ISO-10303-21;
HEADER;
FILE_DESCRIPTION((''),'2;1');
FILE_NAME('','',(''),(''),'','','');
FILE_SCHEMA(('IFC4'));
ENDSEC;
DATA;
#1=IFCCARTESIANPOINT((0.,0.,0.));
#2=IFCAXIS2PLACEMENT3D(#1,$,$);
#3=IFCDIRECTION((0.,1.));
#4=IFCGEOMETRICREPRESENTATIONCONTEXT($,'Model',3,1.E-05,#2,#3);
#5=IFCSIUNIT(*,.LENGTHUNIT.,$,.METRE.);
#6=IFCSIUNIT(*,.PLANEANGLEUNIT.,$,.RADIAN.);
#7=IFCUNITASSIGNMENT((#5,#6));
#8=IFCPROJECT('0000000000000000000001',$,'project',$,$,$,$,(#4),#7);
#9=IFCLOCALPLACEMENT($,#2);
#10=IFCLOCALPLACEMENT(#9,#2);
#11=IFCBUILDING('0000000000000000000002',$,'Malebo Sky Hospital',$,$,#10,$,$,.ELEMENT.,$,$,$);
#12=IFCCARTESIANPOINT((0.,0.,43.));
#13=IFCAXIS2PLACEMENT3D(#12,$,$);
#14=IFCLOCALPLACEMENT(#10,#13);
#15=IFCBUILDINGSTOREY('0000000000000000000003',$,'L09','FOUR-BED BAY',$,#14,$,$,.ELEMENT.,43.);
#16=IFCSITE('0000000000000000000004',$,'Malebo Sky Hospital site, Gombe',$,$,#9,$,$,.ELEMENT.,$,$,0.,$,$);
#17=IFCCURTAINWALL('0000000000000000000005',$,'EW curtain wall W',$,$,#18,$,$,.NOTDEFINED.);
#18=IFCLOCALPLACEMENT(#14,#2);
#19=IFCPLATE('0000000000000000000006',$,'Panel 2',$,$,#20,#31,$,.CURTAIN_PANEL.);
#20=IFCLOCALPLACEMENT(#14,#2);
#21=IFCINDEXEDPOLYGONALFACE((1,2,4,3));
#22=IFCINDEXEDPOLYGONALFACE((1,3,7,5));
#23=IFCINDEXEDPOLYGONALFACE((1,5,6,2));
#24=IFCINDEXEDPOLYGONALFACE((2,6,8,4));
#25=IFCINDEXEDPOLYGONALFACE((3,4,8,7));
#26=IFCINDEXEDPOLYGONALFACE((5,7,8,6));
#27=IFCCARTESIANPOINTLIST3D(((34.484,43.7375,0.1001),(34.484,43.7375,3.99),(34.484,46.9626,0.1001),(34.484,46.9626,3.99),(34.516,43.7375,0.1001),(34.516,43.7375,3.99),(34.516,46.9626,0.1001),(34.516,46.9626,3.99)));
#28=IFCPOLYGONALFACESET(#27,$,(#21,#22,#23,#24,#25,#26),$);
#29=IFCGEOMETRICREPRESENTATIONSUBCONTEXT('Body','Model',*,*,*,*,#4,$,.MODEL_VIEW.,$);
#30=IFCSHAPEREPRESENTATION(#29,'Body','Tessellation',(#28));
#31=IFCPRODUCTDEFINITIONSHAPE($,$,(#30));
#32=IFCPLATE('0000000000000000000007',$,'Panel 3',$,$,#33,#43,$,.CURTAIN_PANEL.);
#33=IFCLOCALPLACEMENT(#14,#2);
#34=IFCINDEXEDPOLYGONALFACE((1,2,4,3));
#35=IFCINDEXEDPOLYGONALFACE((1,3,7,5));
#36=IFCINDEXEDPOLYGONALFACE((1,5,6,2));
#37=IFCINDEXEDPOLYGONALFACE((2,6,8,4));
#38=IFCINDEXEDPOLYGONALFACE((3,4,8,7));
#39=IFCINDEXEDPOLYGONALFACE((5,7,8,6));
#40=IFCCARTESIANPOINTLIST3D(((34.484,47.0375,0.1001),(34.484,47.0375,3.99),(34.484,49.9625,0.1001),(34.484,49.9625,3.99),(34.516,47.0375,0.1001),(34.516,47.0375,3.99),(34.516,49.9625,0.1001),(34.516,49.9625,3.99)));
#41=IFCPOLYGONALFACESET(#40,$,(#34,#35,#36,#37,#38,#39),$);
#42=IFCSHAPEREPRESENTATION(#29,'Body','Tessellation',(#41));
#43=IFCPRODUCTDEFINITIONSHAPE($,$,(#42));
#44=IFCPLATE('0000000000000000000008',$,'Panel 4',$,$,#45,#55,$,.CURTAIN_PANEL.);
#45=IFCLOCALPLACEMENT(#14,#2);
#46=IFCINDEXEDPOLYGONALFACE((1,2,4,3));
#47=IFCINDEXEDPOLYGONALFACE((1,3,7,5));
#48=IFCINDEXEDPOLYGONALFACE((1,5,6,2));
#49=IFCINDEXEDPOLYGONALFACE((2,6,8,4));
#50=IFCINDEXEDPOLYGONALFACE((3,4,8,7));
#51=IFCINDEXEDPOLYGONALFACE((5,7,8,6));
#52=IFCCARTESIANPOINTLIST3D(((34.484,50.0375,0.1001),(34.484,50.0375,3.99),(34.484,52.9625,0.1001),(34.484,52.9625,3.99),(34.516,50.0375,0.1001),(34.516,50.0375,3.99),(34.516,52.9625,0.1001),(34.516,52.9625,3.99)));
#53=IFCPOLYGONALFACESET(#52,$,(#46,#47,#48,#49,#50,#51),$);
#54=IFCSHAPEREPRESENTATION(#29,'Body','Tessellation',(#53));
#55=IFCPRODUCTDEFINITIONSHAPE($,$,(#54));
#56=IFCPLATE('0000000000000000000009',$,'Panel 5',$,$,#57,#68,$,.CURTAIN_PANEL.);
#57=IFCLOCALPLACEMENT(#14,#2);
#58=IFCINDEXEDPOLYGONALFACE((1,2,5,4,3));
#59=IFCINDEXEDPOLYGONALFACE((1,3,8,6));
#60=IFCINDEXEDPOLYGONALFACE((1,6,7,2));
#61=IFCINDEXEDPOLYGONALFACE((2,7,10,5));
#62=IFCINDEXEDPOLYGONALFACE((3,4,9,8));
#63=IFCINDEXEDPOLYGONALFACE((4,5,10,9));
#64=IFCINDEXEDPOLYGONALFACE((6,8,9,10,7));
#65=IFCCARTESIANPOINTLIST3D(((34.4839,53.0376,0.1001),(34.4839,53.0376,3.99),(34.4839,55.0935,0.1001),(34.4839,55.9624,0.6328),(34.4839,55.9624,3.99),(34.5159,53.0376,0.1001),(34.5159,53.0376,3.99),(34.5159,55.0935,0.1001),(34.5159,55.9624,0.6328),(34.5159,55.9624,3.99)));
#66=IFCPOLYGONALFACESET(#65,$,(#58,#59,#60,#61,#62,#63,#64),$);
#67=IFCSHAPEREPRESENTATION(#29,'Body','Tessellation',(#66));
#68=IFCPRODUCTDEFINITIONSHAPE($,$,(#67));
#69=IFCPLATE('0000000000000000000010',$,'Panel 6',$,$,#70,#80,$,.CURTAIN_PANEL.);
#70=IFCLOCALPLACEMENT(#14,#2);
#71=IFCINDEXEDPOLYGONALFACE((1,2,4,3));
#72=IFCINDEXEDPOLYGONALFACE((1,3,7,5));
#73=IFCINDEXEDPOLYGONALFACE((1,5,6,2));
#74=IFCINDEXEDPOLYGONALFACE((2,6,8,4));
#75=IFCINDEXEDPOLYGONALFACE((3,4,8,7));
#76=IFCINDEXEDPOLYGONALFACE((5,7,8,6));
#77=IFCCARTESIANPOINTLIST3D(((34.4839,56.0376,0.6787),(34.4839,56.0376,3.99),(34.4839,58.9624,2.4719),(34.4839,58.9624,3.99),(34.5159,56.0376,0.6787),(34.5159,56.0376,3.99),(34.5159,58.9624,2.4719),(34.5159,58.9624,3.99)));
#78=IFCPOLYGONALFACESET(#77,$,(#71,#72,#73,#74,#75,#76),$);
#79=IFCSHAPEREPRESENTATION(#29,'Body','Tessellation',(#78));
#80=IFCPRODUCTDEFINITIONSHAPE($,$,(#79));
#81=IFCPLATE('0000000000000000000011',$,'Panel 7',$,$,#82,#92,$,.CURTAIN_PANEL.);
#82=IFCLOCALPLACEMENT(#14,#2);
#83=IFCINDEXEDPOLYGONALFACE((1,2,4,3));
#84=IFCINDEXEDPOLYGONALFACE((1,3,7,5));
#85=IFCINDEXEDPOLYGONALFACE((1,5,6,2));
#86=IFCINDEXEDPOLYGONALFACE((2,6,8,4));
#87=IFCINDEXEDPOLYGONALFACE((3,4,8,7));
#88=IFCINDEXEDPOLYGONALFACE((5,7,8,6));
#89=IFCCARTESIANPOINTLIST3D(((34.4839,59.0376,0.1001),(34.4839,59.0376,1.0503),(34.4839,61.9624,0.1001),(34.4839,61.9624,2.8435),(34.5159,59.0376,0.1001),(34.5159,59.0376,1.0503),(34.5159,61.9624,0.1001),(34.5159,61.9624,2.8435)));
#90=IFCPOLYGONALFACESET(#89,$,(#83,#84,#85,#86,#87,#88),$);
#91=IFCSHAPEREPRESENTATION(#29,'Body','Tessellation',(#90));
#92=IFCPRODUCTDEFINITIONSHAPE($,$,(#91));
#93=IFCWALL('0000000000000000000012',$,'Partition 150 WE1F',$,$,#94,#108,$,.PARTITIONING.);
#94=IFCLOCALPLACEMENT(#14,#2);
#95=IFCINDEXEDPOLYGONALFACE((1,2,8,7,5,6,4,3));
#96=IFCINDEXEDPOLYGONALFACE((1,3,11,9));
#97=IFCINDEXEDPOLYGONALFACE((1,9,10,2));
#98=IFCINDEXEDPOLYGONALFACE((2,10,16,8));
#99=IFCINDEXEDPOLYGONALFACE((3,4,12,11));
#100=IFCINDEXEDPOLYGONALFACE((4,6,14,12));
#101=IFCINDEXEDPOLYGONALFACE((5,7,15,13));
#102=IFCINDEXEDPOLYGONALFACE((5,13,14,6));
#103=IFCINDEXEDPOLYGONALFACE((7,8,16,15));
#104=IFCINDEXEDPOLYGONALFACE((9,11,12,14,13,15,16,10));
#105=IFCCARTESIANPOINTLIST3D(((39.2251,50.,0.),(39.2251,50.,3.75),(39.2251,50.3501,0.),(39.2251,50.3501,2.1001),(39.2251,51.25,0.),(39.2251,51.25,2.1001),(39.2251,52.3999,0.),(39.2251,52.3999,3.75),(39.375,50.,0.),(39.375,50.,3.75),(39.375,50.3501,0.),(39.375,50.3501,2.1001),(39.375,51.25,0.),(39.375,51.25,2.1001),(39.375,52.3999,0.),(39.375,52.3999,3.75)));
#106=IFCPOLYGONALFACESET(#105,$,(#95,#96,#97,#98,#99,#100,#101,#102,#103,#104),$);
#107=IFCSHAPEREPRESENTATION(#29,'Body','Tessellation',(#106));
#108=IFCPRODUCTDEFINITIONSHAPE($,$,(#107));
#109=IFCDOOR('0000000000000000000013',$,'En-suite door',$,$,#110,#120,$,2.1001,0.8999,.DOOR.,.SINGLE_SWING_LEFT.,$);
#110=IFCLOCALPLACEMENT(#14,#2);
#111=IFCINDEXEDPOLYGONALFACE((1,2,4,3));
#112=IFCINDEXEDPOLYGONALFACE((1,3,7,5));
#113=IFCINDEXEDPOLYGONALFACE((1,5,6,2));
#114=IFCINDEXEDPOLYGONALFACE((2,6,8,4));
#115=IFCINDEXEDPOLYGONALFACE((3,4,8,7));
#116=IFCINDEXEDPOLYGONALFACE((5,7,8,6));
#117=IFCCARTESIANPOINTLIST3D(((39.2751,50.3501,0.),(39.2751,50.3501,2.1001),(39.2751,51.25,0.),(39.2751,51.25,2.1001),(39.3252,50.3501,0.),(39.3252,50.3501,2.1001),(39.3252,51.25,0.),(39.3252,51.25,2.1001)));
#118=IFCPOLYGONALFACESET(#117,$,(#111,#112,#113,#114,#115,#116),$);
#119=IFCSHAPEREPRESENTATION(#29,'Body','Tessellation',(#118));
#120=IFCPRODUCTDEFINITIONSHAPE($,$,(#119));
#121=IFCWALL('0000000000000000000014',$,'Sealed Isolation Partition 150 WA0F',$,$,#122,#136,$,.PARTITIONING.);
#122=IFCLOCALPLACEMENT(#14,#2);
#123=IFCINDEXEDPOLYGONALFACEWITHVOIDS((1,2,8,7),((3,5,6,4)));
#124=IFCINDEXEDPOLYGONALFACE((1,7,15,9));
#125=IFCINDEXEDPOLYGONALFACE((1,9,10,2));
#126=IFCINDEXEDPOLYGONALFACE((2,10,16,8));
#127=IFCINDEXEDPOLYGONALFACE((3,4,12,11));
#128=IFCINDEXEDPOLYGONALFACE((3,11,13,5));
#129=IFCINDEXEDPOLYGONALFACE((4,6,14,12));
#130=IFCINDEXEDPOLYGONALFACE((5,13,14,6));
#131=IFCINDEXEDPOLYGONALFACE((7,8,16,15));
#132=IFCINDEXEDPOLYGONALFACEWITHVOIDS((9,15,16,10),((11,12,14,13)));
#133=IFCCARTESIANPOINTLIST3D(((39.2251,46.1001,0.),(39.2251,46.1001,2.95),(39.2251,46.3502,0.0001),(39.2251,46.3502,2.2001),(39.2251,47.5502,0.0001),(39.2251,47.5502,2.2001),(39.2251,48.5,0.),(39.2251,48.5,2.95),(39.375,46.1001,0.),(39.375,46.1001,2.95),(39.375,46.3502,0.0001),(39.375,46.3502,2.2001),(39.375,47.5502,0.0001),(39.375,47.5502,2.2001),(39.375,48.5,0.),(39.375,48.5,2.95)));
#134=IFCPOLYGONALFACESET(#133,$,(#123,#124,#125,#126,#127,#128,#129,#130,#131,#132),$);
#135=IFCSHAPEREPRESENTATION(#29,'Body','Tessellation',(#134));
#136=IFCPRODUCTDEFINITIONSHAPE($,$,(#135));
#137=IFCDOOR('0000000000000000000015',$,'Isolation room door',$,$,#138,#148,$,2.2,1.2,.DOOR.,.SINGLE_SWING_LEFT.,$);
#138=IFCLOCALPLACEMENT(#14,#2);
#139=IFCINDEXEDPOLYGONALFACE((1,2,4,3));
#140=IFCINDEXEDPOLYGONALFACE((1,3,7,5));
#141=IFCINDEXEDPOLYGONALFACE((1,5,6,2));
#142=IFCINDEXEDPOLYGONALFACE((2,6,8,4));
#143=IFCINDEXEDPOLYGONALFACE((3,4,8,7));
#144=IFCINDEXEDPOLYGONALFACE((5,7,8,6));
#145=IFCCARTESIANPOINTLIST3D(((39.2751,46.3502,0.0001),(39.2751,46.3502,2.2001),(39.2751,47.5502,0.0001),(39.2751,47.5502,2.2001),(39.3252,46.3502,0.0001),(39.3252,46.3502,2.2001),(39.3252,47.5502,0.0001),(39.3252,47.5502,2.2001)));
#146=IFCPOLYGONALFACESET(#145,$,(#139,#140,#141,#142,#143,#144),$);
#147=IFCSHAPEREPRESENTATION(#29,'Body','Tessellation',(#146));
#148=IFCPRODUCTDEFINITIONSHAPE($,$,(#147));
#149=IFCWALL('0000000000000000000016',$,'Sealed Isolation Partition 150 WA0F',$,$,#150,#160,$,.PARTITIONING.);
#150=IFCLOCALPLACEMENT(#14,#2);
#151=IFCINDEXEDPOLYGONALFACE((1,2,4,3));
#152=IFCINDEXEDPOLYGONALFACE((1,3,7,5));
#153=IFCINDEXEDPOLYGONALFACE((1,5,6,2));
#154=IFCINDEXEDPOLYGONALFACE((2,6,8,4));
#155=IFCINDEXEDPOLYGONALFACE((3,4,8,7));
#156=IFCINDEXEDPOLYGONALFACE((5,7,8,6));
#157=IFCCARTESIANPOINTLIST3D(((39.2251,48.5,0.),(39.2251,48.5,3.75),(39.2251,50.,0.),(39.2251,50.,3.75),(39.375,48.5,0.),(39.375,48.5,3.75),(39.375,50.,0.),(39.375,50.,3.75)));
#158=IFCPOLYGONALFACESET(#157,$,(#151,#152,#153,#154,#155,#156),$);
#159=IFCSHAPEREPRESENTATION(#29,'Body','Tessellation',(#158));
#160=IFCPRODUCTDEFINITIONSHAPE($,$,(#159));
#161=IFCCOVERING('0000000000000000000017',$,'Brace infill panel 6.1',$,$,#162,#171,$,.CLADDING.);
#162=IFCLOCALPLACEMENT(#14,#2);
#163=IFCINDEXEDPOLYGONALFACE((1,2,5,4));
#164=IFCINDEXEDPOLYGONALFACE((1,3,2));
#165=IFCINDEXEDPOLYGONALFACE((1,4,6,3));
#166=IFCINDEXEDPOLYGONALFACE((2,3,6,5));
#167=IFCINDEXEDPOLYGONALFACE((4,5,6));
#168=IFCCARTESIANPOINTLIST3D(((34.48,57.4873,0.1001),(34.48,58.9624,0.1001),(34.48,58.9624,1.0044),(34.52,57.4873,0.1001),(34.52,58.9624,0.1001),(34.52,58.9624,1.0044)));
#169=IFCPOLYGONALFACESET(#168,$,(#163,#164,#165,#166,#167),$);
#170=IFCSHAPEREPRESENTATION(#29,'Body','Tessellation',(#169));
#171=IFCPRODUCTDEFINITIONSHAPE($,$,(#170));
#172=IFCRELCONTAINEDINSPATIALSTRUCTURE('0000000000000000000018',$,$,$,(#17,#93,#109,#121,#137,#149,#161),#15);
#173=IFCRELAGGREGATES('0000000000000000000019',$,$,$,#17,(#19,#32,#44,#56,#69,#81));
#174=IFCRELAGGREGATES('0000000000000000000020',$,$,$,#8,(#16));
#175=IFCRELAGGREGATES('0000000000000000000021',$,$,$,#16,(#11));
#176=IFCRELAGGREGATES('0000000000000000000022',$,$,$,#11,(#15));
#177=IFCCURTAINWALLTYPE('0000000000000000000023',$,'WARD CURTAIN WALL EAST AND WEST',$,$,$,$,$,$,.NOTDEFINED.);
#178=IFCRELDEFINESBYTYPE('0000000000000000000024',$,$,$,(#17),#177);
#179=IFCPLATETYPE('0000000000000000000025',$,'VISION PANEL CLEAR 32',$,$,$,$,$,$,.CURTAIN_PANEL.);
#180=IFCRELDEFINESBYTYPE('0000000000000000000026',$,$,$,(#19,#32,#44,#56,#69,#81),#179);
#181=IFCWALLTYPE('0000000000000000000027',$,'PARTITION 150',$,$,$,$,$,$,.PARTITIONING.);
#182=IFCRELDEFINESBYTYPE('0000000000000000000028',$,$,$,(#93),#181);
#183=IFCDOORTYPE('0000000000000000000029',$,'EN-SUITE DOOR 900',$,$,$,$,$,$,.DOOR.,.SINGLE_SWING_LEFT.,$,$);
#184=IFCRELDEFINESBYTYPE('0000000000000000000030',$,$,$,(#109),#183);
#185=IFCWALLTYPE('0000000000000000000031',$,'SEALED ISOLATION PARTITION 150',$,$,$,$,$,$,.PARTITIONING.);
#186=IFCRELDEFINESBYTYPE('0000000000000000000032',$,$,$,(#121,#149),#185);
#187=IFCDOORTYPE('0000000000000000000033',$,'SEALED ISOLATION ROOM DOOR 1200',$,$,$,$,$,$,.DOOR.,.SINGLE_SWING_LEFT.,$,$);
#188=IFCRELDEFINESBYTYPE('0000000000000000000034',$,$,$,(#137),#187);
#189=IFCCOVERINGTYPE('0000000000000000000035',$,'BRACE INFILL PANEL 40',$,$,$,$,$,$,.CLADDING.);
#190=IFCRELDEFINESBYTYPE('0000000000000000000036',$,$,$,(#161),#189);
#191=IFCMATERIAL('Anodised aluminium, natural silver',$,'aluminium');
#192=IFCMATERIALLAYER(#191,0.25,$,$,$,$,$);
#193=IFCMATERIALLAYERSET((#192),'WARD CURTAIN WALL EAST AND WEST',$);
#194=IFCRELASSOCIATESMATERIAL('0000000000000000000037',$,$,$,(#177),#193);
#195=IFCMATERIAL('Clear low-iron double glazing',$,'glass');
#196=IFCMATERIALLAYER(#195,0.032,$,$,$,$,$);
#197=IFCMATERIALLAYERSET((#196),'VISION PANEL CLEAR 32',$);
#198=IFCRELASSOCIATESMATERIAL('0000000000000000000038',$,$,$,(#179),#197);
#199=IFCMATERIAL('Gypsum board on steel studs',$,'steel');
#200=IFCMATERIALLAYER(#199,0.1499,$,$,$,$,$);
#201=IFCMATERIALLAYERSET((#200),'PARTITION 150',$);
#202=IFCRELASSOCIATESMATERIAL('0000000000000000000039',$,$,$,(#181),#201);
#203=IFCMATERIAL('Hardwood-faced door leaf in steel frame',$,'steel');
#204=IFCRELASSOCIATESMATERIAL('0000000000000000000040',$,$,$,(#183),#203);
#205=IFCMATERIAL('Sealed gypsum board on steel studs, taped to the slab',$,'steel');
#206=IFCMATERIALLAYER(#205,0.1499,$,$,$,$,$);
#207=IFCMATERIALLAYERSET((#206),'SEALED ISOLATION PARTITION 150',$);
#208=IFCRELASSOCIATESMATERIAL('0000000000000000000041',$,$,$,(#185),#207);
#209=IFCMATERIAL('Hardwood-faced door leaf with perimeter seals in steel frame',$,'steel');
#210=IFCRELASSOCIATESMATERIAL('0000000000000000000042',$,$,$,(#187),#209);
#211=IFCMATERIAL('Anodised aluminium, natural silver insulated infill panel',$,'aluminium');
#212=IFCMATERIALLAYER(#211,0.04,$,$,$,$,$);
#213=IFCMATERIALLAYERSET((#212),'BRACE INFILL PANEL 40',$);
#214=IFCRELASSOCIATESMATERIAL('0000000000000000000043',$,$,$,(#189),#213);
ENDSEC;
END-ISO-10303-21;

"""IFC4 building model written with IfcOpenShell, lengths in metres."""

from ifc_helpers import new_model, si_unit, direction, frame, frame_2d, origin, origin_2d, place, context, subcontext, project, spatial, polyline, rectangle, outline, extrude, material, layer, layer_set, type_object, element, fill, aggregate, save


model = new_model("IFC4")

# Units and contexts
model_context = context("Model", 3, precision=1e-05, world=origin(), true_north=direction((0.0, 1.0)))
body_context = subcontext(model_context, "Body", "Model", "MODEL_VIEW")
ifc_project = project(units=[si_unit("LENGTHUNIT", "METRE"), si_unit("PLANEANGLEUNIT", "RADIAN")], contexts=[model_context])

# Site, building, storey
site_placement = place(None, origin())
site = spatial("IfcSite", under=ifc_project, at=site_placement, Name="Malebo Sky Hospital site, Gombe", CompositionType="ELEMENT", RefElevation=0.0)
building_placement = place(site_placement, origin())
building = spatial("IfcBuilding", under=site, at=building_placement, Name="Malebo Sky Hospital", CompositionType="ELEMENT")
storey_placement = place(building_placement, frame((0.0, 0.0, 43.0)))
storey = spatial("IfcBuildingStorey", under=building, at=storey_placement, Name="L09", Description="FOUR-BED BAY", CompositionType="ELEMENT", Elevation=43.0)

# Curtain wall
ifc_material_1 = material(Name="Anodised aluminium, natural silver", Category="aluminium")
ifc_layer_1 = layer(ifc_material_1, 0.25)
ifc_layer_set_1 = layer_set([ifc_layer_1], Name="WARD CURTAIN WALL EAST AND WEST")
curtain_wall_type = type_object("IfcCurtainWallType", Name="WARD CURTAIN WALL EAST AND WEST", PredefinedType="NOTDEFINED", material=ifc_layer_set_1)
curtain_wall_placement = place(storey_placement, origin())
curtain_wall = element("IfcCurtainWall", 1, at=curtain_wall_placement, inside=storey, type_object=curtain_wall_type, Name="EW curtain wall W", PredefinedType="NOTDEFINED")

# Plates
ifc_material_2 = material(Name="Clear low-iron double glazing", Category="glass")
ifc_layer_2 = layer(ifc_material_2, 0.032)
ifc_layer_set_2 = layer_set([ifc_layer_2], Name="VISION PANEL CLEAR 32")
plate_type = type_object("IfcPlateType", Name="VISION PANEL CLEAR 32", PredefinedType="CURTAIN_PANEL", material=ifc_layer_set_2)
plate_1_placement = place(storey_placement, frame((34.5, 45.3501, 0.1001), z_axis=(0.0, 0.0, 1.0), x_axis=(0.0, 1.0, 0.0)))
plate_1 = element("IfcPlate", 2, at=plate_1_placement, type_object=plate_type, Name="Panel 2", PredefinedType="CURTAIN_PANEL", context=body_context, shape_type="SweptSolid", body=[
    extrude(rectangle(XDim=3.2251, YDim=0.032, at=origin_2d()), origin(), (0.0, 0.0, 1.0), 3.8899),
])
plate_2_placement = place(storey_placement, frame((34.5, 48.5, 0.1001), z_axis=(0.0, 0.0, 1.0), x_axis=(0.0, 1.0, 0.0)))
plate_2 = element("IfcPlate", 3, at=plate_2_placement, type_object=plate_type, Name="Panel 3", PredefinedType="CURTAIN_PANEL", context=body_context, shape_type="SweptSolid", body=[
    extrude(rectangle(XDim=2.925, YDim=0.032, at=origin_2d()), origin(), (0.0, 0.0, 1.0), 3.8899),
])
plate_3_placement = place(storey_placement, frame((34.5, 51.5, 0.1001), z_axis=(0.0, 0.0, 1.0), x_axis=(0.0, 1.0, 0.0)))
plate_3 = element("IfcPlate", 4, at=plate_3_placement, type_object=plate_type, Name="Panel 4", PredefinedType="CURTAIN_PANEL", context=body_context, shape_type="SweptSolid", body=[
    extrude(rectangle(XDim=2.925, YDim=0.032, at=origin_2d()), origin(), (0.0, 0.0, 1.0), 3.8899),
])
plate_4_placement = place(storey_placement, frame((34.5, 54.5, 0.1001), z_axis=(0.0, 0.0, 1.0), x_axis=(0.0, 1.0, 0.0)))
plate_4 = element("IfcPlate", 5, at=plate_4_placement, type_object=plate_type, Name="Panel 5", PredefinedType="CURTAIN_PANEL", context=body_context, shape_type="SweptSolid", body=[
    extrude(outline(polyline([(-1.4624, 0.0), (0.5935, 0.0), (1.4624, 0.5327), (1.4624, 3.8899), (-1.4624, 3.8899), (-1.4624, 0.0)])), frame((0.0, 0.0161, 0.0), z_axis=(0.0, -1.0, 0.0), x_axis=(1.0, 0.0, 0.0)), (0.0, 0.0, 1.0), 0.032),
])
plate_5_placement = place(storey_placement, frame((34.5, 57.5, 0.6787), z_axis=(0.0, 0.0, 1.0), x_axis=(0.0, 1.0, 0.0)))
plate_5 = element("IfcPlate", 6, at=plate_5_placement, type_object=plate_type, Name="Panel 6", PredefinedType="CURTAIN_PANEL", context=body_context, shape_type="SweptSolid", body=[
    extrude(outline(polyline([(-1.4624, 0.0), (1.4624, 1.7932), (1.4624, 3.3113), (-1.4624, 3.3113), (-1.4624, 0.0)])), frame((0.0, 0.0161, 0.0), z_axis=(0.0, -1.0, 0.0), x_axis=(1.0, 0.0, 0.0)), (0.0, 0.0, 1.0), 0.032),
])
plate_6_placement = place(storey_placement, frame((34.5, 60.5, 0.1001), z_axis=(0.0, 0.0, 1.0), x_axis=(0.0, 1.0, 0.0)))
plate_6 = element("IfcPlate", 7, at=plate_6_placement, type_object=plate_type, Name="Panel 7", PredefinedType="CURTAIN_PANEL", context=body_context, shape_type="SweptSolid", body=[
    extrude(outline(polyline([(-1.4624, 0.0), (1.4624, 0.0), (1.4624, 2.7434), (-1.4624, 0.9502), (-1.4624, 0.0)])), frame((0.0, 0.0161, 0.0), z_axis=(0.0, -1.0, 0.0), x_axis=(1.0, 0.0, 0.0)), (0.0, 0.0, 1.0), 0.032),
])
aggregate(curtain_wall, [plate_1, plate_2, plate_3, plate_4, plate_5, plate_6])

# Walls, openings, doors
ifc_material_3 = material(Name="Gypsum board on steel studs", Category="steel")
ifc_layer_3 = layer(ifc_material_3, 0.1499)
ifc_layer_set_3 = layer_set([ifc_layer_3], Name="PARTITION 150")
wall_type_1 = type_object("IfcWallType", Name="PARTITION 150", PredefinedType="PARTITIONING", material=ifc_layer_set_3)
wall_1_placement = place(storey_placement, frame((39.3, 50.0, 0.0), z_axis=(0.0, 0.0, 1.0), x_axis=(0.0, 1.0, 0.0)))
wall_1 = element("IfcWall", 8, at=wall_1_placement, inside=storey, type_object=wall_type_1, Name="Partition 150 WE1F", PredefinedType="PARTITIONING", context=body_context, shape_type="SweptSolid", body=[
    extrude(rectangle(XDim=2.3999, YDim=0.1499, at=frame_2d((1.2, 0.0))), origin(), (0.0, 0.0, 1.0), 3.75),
])
opening_1_placement = place(wall_1_placement, frame((0.3501, 0.0, 0.0)))
opening_1 = element("IfcOpeningElement", 9, at=opening_1_placement, cuts=wall_1, PredefinedType="OPENING", context=body_context, shape_type="SweptSolid", body=[
    extrude(rectangle(XDim=0.8999, YDim=2.1001, at=frame_2d((0.45, 1.05))), frame((0.0, 0.085, 0.0), z_axis=(0.0, -1.0, 0.0), x_axis=(1.0, 0.0, 0.0)), (0.0, 0.0, 1.0), 0.1699),
])
ifc_material_4 = material(Name="Hardwood-faced door leaf in steel frame", Category="steel")
door_type_1 = type_object("IfcDoorType", Name="EN-SUITE DOOR 900", OperationType="SINGLE_SWING_LEFT", PredefinedType="DOOR", material=ifc_material_4)
door_1_placement = place(opening_1_placement, origin())
door_1 = element("IfcDoor", 10, at=door_1_placement, inside=storey, type_object=door_type_1, Name="En-suite door", OperationType="SINGLE_SWING_LEFT", OverallHeight=2.1001, OverallWidth=0.8999, PredefinedType="DOOR", context=body_context, shape_type="SweptSolid", body=[
    extrude(rectangle(XDim=0.8999, YDim=2.1001, at=frame_2d((0.45, 1.05))), frame((0.0, 0.0249, 0.0), z_axis=(0.0, -1.0, 0.0), x_axis=(1.0, 0.0, 0.0)), (0.0, 0.0, 1.0), 0.05),
])
fill(opening_1, door_1)
ifc_material_5 = material(Name="Sealed gypsum board on steel studs, taped to the slab", Category="steel")
ifc_layer_4 = layer(ifc_material_5, 0.1499)
ifc_layer_set_4 = layer_set([ifc_layer_4], Name="SEALED ISOLATION PARTITION 150")
wall_type_2 = type_object("IfcWallType", Name="SEALED ISOLATION PARTITION 150", PredefinedType="PARTITIONING", material=ifc_layer_set_4)
wall_2_placement = place(storey_placement, frame((39.3, 46.1001, 0.0), z_axis=(0.0, 0.0, 1.0), x_axis=(0.0, 1.0, 0.0)))
wall_2 = element("IfcWall", 11, at=wall_2_placement, inside=storey, type_object=wall_type_2, Name="Sealed Isolation Partition 150 WA0F", PredefinedType="PARTITIONING", context=body_context, shape_type="SweptSolid", body=[
    extrude(rectangle(XDim=2.3999, YDim=0.1499, at=frame_2d((1.2, 0.0))), origin(), (0.0, 0.0, 1.0), 2.95),
])
opening_2_placement = place(wall_2_placement, frame((0.25, 0.0, 0.0)))
opening_2 = element("IfcOpeningElement", 12, at=opening_2_placement, cuts=wall_2, PredefinedType="OPENING", context=body_context, shape_type="SweptSolid", body=[
    extrude(rectangle(XDim=1.2, YDim=2.2, at=frame_2d((0.6001, 1.1001))), frame((0.0, 0.085, 0.0), z_axis=(0.0, -1.0, 0.0), x_axis=(1.0, 0.0, 0.0)), (0.0, 0.0, 1.0), 0.1699),
])
ifc_material_6 = material(Name="Hardwood-faced door leaf with perimeter seals in steel frame", Category="steel")
door_type_2 = type_object("IfcDoorType", Name="SEALED ISOLATION ROOM DOOR 1200", OperationType="SINGLE_SWING_LEFT", PredefinedType="DOOR", material=ifc_material_6)
door_2_placement = place(opening_2_placement, origin())
door_2 = element("IfcDoor", 13, at=door_2_placement, inside=storey, type_object=door_type_2, Name="Isolation room door", OperationType="SINGLE_SWING_LEFT", OverallHeight=2.2, OverallWidth=1.2, PredefinedType="DOOR", context=body_context, shape_type="SweptSolid", body=[
    extrude(rectangle(XDim=1.2, YDim=2.2, at=frame_2d((0.6001, 1.1001))), frame((0.0, 0.0249, 0.0), z_axis=(0.0, -1.0, 0.0), x_axis=(1.0, 0.0, 0.0)), (0.0, 0.0, 1.0), 0.05),
])
fill(opening_2, door_2)

# Wall
wall_3_placement = place(storey_placement, frame((39.3, 48.5, 0.0), z_axis=(0.0, 0.0, 1.0), x_axis=(0.0, 1.0, 0.0)))
element("IfcWall", 14, at=wall_3_placement, inside=storey, type_object=wall_type_2, Name="Sealed Isolation Partition 150 WA0F", PredefinedType="PARTITIONING", context=body_context, shape_type="SweptSolid", body=[
    extrude(rectangle(XDim=1.5, YDim=0.1499, at=frame_2d((0.75, 0.0))), origin(), (0.0, 0.0, 1.0), 3.75),
])

# Covering
ifc_material_7 = material(Name="Anodised aluminium, natural silver insulated infill panel", Category="aluminium")
ifc_layer_5 = layer(ifc_material_7, 0.04)
ifc_layer_set_5 = layer_set([ifc_layer_5], Name="BRACE INFILL PANEL 40")
covering_type = type_object("IfcCoveringType", Name="BRACE INFILL PANEL 40", PredefinedType="CLADDING", material=ifc_layer_set_5)
covering_1_placement = place(storey_placement, frame((34.5, 58.2249, 0.1001), z_axis=(0.0, 0.0, 1.0), x_axis=(0.0, 1.0, 0.0)))
element("IfcCovering", 15, at=covering_1_placement, inside=storey, type_object=covering_type, Name="Brace infill panel 6.1", PredefinedType="CLADDING", context=body_context, shape_type="SweptSolid", body=[
    extrude(outline(polyline([(-0.7375, 0.0), (0.7375, 0.0), (0.7375, 0.9043), (-0.7375, 0.0)])), frame((0.0, 0.02, 0.0), z_axis=(0.0, -1.0, 0.0), x_axis=(1.0, 0.0, 0.0)), (0.0, 0.0, 1.0), 0.04),
])

save(model, "model.ifc")
